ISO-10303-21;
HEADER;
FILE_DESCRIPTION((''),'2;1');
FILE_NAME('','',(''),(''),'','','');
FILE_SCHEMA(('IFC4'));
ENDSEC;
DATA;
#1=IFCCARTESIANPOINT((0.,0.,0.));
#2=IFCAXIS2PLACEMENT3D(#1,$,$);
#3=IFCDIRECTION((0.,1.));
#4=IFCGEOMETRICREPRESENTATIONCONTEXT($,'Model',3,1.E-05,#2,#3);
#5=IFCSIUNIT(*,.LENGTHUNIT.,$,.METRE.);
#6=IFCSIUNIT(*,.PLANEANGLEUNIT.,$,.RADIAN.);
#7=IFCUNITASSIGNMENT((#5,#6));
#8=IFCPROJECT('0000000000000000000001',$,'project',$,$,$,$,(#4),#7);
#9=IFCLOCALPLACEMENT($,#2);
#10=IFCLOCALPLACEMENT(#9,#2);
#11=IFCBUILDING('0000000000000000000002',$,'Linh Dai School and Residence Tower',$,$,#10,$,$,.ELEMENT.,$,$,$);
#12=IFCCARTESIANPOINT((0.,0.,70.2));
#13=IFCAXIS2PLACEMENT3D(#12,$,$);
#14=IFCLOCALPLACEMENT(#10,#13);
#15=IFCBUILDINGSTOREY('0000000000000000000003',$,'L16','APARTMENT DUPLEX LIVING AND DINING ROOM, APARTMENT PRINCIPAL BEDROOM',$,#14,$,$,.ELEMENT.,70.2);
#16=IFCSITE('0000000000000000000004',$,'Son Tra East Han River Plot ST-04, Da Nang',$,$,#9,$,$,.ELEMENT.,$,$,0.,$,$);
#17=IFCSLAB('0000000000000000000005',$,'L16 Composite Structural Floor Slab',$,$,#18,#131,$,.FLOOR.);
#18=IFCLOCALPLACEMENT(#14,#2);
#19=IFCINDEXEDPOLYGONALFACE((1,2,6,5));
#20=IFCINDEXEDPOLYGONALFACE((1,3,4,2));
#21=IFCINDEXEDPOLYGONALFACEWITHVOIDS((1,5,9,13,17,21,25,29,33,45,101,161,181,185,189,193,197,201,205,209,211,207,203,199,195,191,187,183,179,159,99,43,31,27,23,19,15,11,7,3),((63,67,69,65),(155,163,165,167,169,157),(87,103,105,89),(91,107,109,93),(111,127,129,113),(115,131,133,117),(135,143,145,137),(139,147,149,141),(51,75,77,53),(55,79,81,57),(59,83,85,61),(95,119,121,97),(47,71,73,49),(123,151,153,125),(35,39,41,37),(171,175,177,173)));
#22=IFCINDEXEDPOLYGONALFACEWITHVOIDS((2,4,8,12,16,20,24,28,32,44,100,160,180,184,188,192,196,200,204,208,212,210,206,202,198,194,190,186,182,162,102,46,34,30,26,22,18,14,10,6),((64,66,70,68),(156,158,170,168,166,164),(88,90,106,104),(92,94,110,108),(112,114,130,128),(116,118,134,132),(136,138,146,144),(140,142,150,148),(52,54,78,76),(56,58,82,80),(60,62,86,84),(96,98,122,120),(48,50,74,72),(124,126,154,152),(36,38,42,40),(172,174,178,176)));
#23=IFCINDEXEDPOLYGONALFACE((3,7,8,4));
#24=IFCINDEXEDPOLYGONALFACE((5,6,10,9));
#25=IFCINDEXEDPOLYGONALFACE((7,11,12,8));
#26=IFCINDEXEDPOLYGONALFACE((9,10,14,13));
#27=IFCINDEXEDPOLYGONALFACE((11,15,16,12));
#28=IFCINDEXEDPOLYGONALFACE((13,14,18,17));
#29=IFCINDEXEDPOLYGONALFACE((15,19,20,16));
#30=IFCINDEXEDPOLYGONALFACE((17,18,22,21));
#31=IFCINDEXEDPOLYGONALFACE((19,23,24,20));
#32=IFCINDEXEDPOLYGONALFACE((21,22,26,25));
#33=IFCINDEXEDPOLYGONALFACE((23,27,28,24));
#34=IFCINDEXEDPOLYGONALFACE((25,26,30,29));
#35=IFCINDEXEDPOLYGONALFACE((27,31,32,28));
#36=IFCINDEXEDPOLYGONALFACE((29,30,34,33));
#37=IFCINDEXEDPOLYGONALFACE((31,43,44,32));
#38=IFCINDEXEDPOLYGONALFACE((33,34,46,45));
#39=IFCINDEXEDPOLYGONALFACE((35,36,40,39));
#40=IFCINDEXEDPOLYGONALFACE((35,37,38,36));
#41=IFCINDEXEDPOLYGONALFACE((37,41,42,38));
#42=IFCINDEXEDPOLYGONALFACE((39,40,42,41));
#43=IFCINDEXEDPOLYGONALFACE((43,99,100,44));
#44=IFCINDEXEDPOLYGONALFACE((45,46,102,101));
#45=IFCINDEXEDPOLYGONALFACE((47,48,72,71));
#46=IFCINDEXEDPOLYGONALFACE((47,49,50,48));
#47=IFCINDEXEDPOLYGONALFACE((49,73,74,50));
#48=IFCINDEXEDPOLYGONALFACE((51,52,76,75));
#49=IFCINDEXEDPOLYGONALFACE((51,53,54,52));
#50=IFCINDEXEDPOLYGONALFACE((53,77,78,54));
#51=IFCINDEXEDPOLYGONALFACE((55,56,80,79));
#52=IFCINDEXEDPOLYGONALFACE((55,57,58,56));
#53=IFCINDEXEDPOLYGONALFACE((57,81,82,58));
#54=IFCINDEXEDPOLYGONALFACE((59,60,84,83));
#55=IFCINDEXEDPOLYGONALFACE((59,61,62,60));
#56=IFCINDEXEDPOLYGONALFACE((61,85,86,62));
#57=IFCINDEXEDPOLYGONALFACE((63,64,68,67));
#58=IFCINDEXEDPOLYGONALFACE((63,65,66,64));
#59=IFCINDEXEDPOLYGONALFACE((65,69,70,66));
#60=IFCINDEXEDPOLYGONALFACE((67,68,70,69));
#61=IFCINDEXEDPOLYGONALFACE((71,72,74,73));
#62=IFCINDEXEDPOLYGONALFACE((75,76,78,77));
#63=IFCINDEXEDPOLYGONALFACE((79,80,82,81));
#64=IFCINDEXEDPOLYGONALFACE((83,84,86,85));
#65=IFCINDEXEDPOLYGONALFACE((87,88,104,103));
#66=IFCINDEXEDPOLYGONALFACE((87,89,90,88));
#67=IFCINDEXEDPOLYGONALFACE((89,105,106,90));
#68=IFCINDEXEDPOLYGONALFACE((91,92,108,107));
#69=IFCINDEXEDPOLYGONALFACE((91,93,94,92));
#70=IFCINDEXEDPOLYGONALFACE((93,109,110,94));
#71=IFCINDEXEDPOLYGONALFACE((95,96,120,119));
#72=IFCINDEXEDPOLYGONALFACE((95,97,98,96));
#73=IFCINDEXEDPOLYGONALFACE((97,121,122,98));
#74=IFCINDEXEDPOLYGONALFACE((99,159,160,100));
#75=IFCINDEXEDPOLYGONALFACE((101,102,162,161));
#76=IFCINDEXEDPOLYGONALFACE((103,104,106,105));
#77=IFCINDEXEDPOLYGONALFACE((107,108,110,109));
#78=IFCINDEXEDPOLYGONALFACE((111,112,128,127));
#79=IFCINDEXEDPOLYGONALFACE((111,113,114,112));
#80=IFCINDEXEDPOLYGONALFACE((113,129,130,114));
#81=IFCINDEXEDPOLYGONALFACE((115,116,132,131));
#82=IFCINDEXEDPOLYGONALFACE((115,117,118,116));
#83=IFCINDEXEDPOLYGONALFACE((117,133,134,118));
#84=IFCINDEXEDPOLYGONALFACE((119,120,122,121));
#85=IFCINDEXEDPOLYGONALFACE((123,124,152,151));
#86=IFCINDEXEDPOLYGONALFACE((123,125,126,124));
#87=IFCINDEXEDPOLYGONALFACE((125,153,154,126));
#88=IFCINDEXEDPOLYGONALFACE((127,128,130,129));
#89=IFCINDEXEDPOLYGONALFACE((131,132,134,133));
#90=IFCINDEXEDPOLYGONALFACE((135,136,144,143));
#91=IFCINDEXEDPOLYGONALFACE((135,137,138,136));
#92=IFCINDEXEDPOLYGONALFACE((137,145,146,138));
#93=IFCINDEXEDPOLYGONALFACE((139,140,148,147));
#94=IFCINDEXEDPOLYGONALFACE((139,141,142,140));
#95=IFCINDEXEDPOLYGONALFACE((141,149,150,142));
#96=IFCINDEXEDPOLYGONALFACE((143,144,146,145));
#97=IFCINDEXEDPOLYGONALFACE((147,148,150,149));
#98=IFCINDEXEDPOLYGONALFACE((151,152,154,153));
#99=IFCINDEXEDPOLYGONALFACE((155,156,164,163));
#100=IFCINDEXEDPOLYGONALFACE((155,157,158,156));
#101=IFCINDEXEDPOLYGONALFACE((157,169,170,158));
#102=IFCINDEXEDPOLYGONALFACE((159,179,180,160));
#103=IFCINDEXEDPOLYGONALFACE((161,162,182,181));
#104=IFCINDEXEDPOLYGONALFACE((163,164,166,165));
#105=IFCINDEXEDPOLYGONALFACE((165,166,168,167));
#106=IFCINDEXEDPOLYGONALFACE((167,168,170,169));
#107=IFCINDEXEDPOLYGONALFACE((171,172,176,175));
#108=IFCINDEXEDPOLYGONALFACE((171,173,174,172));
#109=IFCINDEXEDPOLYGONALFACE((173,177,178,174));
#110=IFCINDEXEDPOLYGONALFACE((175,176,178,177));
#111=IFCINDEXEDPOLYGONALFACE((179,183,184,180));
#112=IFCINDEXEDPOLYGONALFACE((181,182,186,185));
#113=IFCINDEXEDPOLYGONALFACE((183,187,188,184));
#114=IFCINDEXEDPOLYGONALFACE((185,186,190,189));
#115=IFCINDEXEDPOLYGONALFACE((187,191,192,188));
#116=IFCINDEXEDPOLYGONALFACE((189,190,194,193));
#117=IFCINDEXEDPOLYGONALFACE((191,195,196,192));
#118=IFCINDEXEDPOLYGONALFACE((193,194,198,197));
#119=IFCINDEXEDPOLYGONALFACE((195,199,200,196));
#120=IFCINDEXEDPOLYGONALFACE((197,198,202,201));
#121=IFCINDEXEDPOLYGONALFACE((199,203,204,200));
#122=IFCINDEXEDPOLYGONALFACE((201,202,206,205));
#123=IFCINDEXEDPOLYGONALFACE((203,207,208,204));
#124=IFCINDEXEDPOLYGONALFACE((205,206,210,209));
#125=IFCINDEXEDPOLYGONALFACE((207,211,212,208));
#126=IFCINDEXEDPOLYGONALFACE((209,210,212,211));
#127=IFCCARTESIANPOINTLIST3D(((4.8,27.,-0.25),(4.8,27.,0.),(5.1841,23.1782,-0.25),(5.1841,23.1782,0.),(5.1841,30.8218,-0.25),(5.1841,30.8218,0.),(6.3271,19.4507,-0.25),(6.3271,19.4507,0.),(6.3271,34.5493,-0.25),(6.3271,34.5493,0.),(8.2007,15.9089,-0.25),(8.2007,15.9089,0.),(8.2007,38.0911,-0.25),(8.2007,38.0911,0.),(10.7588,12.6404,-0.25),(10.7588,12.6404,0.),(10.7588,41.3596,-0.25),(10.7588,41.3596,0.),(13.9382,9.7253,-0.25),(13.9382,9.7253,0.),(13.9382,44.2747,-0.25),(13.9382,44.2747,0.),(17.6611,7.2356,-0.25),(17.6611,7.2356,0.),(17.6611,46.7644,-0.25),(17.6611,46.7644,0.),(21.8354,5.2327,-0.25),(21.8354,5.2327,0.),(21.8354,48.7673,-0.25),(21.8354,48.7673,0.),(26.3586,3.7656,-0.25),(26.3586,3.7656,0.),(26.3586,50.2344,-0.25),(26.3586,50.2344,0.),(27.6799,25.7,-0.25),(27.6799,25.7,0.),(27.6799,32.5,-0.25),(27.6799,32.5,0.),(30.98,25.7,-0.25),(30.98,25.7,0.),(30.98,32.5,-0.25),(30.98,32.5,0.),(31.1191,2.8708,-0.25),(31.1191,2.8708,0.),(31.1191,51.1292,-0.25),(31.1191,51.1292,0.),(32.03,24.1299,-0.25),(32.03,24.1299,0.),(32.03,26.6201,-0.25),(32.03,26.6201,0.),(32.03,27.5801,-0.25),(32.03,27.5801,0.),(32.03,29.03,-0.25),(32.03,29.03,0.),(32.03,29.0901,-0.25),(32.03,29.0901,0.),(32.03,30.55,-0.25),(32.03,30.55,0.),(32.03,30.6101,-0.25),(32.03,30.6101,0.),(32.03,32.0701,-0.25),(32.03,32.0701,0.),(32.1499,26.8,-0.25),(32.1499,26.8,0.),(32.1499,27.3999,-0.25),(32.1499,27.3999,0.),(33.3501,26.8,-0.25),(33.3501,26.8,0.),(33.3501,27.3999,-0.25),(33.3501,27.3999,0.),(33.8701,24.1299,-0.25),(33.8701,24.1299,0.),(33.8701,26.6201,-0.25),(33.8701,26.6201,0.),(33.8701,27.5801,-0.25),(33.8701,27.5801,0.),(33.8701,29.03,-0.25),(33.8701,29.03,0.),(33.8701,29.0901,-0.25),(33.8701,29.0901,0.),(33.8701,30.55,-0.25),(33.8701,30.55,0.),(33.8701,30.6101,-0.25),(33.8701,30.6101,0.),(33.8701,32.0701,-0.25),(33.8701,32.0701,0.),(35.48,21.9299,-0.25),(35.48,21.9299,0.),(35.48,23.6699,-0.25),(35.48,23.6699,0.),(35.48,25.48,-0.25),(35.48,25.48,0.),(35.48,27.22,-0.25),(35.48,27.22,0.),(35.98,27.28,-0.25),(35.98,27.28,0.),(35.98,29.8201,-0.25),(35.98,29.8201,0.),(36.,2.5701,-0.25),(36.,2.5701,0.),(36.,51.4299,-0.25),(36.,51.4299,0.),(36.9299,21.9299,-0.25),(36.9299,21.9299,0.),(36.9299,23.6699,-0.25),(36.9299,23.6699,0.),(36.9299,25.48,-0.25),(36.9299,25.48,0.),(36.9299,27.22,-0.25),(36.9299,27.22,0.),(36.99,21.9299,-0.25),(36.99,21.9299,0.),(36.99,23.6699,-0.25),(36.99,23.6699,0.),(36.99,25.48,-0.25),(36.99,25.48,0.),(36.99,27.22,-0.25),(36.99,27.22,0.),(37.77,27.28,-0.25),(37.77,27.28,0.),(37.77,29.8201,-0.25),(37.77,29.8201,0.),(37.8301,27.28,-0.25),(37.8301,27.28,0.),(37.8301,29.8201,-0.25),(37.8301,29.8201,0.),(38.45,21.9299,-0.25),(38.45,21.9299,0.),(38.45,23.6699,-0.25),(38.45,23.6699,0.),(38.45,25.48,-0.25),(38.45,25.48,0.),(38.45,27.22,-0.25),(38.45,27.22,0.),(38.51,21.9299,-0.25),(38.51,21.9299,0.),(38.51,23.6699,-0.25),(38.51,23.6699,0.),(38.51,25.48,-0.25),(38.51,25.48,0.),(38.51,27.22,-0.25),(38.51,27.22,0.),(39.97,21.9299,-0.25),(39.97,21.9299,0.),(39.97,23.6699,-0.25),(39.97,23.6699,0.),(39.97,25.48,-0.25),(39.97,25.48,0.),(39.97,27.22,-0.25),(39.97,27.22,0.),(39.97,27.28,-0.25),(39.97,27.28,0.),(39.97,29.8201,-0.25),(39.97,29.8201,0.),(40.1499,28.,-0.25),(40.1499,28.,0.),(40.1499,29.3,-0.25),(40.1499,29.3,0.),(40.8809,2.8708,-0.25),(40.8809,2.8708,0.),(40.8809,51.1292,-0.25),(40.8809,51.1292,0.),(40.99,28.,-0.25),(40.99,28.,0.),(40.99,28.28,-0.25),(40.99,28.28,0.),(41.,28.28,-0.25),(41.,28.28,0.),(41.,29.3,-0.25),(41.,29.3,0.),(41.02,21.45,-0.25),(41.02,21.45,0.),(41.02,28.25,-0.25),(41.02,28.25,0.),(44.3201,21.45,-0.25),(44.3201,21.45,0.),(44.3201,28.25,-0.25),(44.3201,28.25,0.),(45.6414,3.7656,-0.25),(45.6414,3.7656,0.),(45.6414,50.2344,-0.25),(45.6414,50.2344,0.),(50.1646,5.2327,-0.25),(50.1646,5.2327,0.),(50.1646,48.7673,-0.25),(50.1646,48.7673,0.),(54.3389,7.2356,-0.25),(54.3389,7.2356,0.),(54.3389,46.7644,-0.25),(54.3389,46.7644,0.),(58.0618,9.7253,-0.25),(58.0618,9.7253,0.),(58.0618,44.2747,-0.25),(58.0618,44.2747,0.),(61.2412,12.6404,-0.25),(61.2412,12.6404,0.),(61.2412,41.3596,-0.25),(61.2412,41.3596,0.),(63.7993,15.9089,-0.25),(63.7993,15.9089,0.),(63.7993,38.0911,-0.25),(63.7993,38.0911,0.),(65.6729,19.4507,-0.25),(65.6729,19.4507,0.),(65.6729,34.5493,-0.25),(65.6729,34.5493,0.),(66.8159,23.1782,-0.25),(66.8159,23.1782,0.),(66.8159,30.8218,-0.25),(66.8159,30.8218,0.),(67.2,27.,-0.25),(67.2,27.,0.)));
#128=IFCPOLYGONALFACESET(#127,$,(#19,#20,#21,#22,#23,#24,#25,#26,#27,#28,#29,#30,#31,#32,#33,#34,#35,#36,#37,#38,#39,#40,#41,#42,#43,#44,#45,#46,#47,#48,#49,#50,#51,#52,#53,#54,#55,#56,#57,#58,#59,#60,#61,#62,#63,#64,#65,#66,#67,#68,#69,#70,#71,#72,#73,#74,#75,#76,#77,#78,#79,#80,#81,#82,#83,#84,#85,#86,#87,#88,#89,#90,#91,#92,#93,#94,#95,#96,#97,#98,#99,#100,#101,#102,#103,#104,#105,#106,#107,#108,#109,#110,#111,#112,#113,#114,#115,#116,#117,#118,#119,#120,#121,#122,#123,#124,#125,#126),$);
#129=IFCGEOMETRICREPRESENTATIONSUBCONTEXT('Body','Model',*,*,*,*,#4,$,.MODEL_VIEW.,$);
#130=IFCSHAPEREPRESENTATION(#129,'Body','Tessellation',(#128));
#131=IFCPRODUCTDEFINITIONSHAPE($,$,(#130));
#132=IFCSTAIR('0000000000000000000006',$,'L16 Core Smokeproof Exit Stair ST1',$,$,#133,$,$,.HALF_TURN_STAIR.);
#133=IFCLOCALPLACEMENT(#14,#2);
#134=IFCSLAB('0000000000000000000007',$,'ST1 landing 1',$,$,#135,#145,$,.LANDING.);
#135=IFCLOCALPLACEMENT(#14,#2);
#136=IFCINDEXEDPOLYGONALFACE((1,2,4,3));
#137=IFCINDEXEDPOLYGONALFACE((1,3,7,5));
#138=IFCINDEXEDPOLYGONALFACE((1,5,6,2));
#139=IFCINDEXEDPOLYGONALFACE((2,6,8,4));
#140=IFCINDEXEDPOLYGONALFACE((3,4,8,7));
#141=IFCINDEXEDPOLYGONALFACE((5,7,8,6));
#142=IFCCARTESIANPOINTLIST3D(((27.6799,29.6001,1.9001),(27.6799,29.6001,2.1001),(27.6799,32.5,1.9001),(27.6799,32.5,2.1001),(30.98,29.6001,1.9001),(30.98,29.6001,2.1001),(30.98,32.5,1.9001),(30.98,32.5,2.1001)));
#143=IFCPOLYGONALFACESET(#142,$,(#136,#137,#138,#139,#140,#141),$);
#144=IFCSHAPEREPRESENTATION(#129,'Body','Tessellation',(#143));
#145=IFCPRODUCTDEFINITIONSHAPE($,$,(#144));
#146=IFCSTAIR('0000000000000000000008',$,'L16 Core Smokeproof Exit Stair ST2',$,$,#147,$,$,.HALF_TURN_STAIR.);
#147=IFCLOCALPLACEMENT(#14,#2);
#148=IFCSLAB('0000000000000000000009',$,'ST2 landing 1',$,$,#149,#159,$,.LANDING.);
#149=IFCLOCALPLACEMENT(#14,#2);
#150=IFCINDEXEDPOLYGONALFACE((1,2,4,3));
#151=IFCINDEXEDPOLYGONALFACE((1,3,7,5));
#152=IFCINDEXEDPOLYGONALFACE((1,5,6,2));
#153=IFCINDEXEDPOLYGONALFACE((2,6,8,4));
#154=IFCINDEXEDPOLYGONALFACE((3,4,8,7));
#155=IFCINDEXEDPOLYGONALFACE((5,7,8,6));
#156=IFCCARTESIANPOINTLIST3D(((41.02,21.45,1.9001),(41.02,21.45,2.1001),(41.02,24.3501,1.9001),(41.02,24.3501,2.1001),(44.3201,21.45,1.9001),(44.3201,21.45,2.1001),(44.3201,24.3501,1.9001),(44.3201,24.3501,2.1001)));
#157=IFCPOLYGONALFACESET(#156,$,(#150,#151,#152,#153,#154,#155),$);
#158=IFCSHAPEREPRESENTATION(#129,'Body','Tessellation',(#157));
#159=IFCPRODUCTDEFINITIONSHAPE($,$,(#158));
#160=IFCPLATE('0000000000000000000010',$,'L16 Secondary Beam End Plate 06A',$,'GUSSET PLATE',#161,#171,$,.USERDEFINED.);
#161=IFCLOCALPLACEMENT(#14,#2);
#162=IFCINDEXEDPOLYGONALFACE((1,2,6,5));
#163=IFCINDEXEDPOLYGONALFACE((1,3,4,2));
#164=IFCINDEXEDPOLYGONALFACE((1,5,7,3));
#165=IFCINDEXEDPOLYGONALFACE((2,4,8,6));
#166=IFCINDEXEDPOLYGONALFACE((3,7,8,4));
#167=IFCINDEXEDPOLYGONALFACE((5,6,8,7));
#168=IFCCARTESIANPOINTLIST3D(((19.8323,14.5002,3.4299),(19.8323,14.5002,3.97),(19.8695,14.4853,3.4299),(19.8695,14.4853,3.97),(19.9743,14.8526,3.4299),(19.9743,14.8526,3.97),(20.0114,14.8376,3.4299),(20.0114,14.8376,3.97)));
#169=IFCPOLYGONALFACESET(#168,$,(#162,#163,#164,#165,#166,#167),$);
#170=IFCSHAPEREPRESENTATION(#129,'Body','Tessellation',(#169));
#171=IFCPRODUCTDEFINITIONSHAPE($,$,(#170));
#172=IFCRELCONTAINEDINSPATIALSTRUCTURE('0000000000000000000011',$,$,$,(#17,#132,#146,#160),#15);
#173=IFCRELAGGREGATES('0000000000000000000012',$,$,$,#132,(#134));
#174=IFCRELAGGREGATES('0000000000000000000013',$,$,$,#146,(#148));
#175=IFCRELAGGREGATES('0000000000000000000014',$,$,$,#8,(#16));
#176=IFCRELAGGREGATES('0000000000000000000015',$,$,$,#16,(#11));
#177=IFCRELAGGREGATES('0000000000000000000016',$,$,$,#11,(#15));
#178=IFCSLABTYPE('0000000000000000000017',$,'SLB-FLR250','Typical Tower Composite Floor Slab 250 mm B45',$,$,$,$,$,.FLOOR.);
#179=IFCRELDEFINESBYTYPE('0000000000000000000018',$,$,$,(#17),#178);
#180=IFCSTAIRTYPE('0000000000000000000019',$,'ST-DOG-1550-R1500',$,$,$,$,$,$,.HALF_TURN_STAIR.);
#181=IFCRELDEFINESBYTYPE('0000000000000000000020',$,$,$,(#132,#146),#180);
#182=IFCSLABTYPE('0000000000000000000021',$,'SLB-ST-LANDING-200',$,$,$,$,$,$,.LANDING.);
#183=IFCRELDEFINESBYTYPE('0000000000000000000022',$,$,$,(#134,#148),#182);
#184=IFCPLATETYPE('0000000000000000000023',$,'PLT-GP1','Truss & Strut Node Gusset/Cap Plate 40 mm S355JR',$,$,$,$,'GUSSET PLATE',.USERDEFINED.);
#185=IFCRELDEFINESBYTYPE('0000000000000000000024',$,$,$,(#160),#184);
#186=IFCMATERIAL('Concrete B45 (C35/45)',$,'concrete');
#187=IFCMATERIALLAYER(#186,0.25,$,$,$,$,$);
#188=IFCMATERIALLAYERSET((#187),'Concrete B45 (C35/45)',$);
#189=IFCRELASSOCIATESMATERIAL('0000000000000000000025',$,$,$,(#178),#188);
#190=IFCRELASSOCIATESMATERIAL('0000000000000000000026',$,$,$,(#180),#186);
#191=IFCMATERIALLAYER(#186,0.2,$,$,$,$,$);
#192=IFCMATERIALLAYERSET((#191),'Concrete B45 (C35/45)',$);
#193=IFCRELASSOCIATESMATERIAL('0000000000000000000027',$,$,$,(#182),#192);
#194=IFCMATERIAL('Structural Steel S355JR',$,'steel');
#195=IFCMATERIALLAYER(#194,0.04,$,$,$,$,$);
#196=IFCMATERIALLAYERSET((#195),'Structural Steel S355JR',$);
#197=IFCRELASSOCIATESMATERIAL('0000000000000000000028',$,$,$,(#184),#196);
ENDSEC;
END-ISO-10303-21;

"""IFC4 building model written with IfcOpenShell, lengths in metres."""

from ifc_helpers import new_model, si_unit, direction, frame, origin, origin_2d, place, context, subcontext, project, spatial, polyline, rectangle, outline, extrude, source, transform, mapped, material, layer, layer_set, type_object, element, aggregate, save


model = new_model("IFC4")

# Units and contexts
model_context = context("Model", 3, precision=1e-05, world=origin(), true_north=direction((0.0, 1.0)))
body_context = subcontext(model_context, "Body", "Model", "MODEL_VIEW")
ifc_project = project(units=[si_unit("LENGTHUNIT", "METRE"), si_unit("PLANEANGLEUNIT", "RADIAN")], contexts=[model_context])

# Site, building, storey
site_placement = place(None, origin())
site = spatial("IfcSite", under=ifc_project, at=site_placement, Name="Son Tra East Han River Plot ST-04, Da Nang", CompositionType="ELEMENT", RefElevation=0.0)
building_placement = place(site_placement, origin())
building = spatial("IfcBuilding", under=site, at=building_placement, Name="Linh Dai School and Residence Tower", CompositionType="ELEMENT")
storey_placement = place(building_placement, frame((0.0, 0.0, 70.2)))
storey = spatial("IfcBuildingStorey", under=building, at=storey_placement, Name="L16", Description="APARTMENT DUPLEX LIVING AND DINING ROOM, APARTMENT PRINCIPAL BEDROOM", CompositionType="ELEMENT", Elevation=70.2)

# Shared definitions
ifc_material_1 = material(Name="Structural Steel S355JR", Category="steel")

# Slab
ifc_material_2 = material(Name="Concrete B45 (C35/45)", Category="concrete")
ifc_layer_1 = layer(ifc_material_2, 0.25)
ifc_layer_set_1 = layer_set([ifc_layer_1], Name="Concrete B45 (C35/45)")
slab_type_1 = type_object("IfcSlabType", Name="SLB-FLR250", Description="Typical Tower Composite Floor Slab 250 mm B45", PredefinedType="FLOOR", material=ifc_layer_set_1)
slab_1_placement = place(storey_placement, frame((0.0, 0.0, -0.25)))
element("IfcSlab", 1, at=slab_1_placement, inside=storey, type_object=slab_type_1, Name="L16 Composite Structural Floor Slab", PredefinedType="FLOOR", context=body_context, shape_type="SweptSolid", body=[
    extrude(outline(polyline([(67.2, 27.0), (66.8159, 30.8218), (65.6729, 34.5493), (63.7993, 38.0911), (61.2412, 41.3596), (58.0618, 44.2747), (54.3389, 46.7644), (50.1646, 48.7673), (45.6414, 50.2344), (40.8809, 51.1292), (36.0, 51.4299), (31.1191, 51.1292), (26.3586, 50.2344), (21.8354, 48.7673), (17.6611, 46.7644), (13.9382, 44.2747), (10.7588, 41.3596), (8.2007, 38.0911), (6.3271, 34.5493), (5.1841, 30.8218), (4.8, 27.0), (5.1841, 23.1782), (6.3271, 19.4507), (8.2007, 15.9089), (10.7588, 12.6404), (13.9382, 9.7253), (17.6611, 7.2356), (21.8354, 5.2327), (26.3586, 3.7656), (31.1191, 2.8708), (36.0, 2.5701), (40.8809, 2.8708), (45.6414, 3.7656), (50.1646, 5.2327), (54.3389, 7.2356), (58.0618, 9.7253), (61.2412, 12.6404), (63.7993, 15.9089), (65.6729, 19.4507), (66.8159, 23.1782), (67.2, 27.0)]), holes=[polyline([(30.98, 25.7), (30.98, 32.5), (27.6799, 32.5), (27.6799, 25.7), (30.98, 25.7)]), polyline([(41.02, 28.25), (41.02, 21.45), (44.3201, 21.45), (44.3201, 28.25), (41.02, 28.25)]), polyline([(35.98, 27.28), (37.77, 27.28), (37.77, 29.8201), (35.98, 29.8201), (35.98, 27.28)]), polyline([(32.03, 24.1299), (33.8701, 24.1299), (33.8701, 26.6201), (32.03, 26.6201), (32.03, 24.1299)]), polyline([(37.8301, 27.28), (39.97, 27.28), (39.97, 29.8201), (37.8301, 29.8201), (37.8301, 27.28)]), polyline([(35.48, 21.9299), (36.9299, 21.9299), (36.9299, 23.6699), (35.48, 23.6699), (35.48, 21.9299)]), polyline([(36.99, 21.9299), (38.45, 21.9299), (38.45, 23.6699), (36.99, 23.6699), (36.99, 21.9299)]), polyline([(38.51, 21.9299), (39.97, 21.9299), (39.97, 23.6699), (38.51, 23.6699), (38.51, 21.9299)]), polyline([(32.03, 27.5801), (33.8701, 27.5801), (33.8701, 29.03), (32.03, 29.03), (32.03, 27.5801)]), polyline([(32.03, 29.0901), (33.8701, 29.0901), (33.8701, 30.55), (32.03, 30.55), (32.03, 29.0901)]), polyline([(32.03, 30.6101), (33.8701, 30.6101), (33.8701, 32.0701), (32.03, 32.0701), (32.03, 30.6101)]), polyline([(35.48, 25.48), (36.9299, 25.48), (36.9299, 27.22), (35.48, 27.22), (35.48, 25.48)]), polyline([(36.99, 25.48), (38.45, 25.48), (38.45, 27.22), (36.99, 27.22), (36.99, 25.48)]), polyline([(38.51, 25.48), (39.97, 25.48), (39.97, 27.22), (38.51, 27.22), (38.51, 25.48)]), polyline([(40.1499, 28.0), (40.1499, 29.3), (41.0, 29.3), (41.0, 28.28), (40.99, 28.28), (40.99, 28.0), (40.1499, 28.0)]), polyline([(32.1499, 26.8), (33.3501, 26.8), (33.3501, 27.3999), (32.1499, 27.3999), (32.1499, 26.8)])]), origin(), (0.0, 0.0, 1.0), 0.25),
])

# Stairs, slabs
stair_type = type_object("IfcStairType", Name="ST-DOG-1550-R1500", PredefinedType="HALF_TURN_STAIR", material=ifc_material_2)
stair_1_placement = place(storey_placement, origin())
stair_1 = element("IfcStair", 2, at=stair_1_placement, inside=storey, type_object=stair_type, Name="L16 Core Smokeproof Exit Stair ST1", PredefinedType="HALF_TURN_STAIR")
ifc_layer_2 = layer(ifc_material_2, 0.2)
ifc_layer_set_2 = layer_set([ifc_layer_2], Name="Concrete B45 (C35/45)")
slab_type_2 = type_object("IfcSlabType", Name="SLB-ST-LANDING-200", PredefinedType="LANDING", material=ifc_layer_set_2)
slab_2_placement = place(storey_placement, frame((0.0, 0.0, 1.9001)))
slab_2 = element("IfcSlab", 3, at=slab_2_placement, type_object=slab_type_2, Name="ST1 landing 1", PredefinedType="LANDING", context=body_context, shape_type="SweptSolid", body=[
    extrude(outline(polyline([(30.98, 29.6001), (30.98, 32.5), (27.6799, 32.5), (27.6799, 29.6001), (30.98, 29.6001)])), origin(), (0.0, 0.0, 1.0), 0.2),
])
aggregate(stair_1, [slab_2])
stair_2_placement = place(storey_placement, origin())
stair_2 = element("IfcStair", 4, at=stair_2_placement, inside=storey, type_object=stair_type, Name="L16 Core Smokeproof Exit Stair ST2", PredefinedType="HALF_TURN_STAIR")
slab_3_placement = place(storey_placement, frame((0.0, 0.0, 1.9001)))
slab_3 = element("IfcSlab", 5, at=slab_3_placement, type_object=slab_type_2, Name="ST2 landing 1", PredefinedType="LANDING", context=body_context, shape_type="SweptSolid", body=[
    extrude(outline(polyline([(41.02, 24.3501), (41.02, 21.45), (44.3201, 21.45), (44.3201, 24.3501), (41.02, 24.3501)])), origin(), (0.0, 0.0, 1.0), 0.2),
])
aggregate(stair_2, [slab_3])

# Plate
ifc_layer_3 = layer(ifc_material_1, 0.04)
ifc_layer_set_3 = layer_set([ifc_layer_3], Name="Structural Steel S355JR")
plate_type_1 = type_object("IfcPlateType", Name="PLT-GP1", Description="Truss & Strut Node Gusset/Cap Plate 40 mm S355JR", ElementType="GUSSET PLATE", PredefinedType="USERDEFINED", material=ifc_layer_set_3)
shared_shape_1 = source(origin(), body_context, "Body", "SweptSolid", [
    extrude(rectangle(XDim=0.04, YDim=0.3799, at=origin_2d()), origin(), (0.0, 0.0, 1.0), 0.54),
])
plate_1_placement = place(storey_placement, frame((19.9219, 14.6689, 3.4299), z_axis=(0.0, 0.0, 1.0), x_axis=(0.927536, -0.373733, 0.0)))
element("IfcPlate", 6, at=plate_1_placement, inside=storey, type_object=plate_type_1, Name="L16 Secondary Beam End Plate 06A", ObjectType="GUSSET PLATE", PredefinedType="USERDEFINED", context=body_context, shape_type="MappedRepresentation", body=[
    mapped(shared_shape_1, transform((0.0, 0.0, 0.0), x_axis=(1.0, 0.0, 0.0), y_axis=(0.0, 1.0, 0.0), z_axis=(0.0, 0.0, 1.0), scale=1.0)),
])

save(model, "model.ifc")
